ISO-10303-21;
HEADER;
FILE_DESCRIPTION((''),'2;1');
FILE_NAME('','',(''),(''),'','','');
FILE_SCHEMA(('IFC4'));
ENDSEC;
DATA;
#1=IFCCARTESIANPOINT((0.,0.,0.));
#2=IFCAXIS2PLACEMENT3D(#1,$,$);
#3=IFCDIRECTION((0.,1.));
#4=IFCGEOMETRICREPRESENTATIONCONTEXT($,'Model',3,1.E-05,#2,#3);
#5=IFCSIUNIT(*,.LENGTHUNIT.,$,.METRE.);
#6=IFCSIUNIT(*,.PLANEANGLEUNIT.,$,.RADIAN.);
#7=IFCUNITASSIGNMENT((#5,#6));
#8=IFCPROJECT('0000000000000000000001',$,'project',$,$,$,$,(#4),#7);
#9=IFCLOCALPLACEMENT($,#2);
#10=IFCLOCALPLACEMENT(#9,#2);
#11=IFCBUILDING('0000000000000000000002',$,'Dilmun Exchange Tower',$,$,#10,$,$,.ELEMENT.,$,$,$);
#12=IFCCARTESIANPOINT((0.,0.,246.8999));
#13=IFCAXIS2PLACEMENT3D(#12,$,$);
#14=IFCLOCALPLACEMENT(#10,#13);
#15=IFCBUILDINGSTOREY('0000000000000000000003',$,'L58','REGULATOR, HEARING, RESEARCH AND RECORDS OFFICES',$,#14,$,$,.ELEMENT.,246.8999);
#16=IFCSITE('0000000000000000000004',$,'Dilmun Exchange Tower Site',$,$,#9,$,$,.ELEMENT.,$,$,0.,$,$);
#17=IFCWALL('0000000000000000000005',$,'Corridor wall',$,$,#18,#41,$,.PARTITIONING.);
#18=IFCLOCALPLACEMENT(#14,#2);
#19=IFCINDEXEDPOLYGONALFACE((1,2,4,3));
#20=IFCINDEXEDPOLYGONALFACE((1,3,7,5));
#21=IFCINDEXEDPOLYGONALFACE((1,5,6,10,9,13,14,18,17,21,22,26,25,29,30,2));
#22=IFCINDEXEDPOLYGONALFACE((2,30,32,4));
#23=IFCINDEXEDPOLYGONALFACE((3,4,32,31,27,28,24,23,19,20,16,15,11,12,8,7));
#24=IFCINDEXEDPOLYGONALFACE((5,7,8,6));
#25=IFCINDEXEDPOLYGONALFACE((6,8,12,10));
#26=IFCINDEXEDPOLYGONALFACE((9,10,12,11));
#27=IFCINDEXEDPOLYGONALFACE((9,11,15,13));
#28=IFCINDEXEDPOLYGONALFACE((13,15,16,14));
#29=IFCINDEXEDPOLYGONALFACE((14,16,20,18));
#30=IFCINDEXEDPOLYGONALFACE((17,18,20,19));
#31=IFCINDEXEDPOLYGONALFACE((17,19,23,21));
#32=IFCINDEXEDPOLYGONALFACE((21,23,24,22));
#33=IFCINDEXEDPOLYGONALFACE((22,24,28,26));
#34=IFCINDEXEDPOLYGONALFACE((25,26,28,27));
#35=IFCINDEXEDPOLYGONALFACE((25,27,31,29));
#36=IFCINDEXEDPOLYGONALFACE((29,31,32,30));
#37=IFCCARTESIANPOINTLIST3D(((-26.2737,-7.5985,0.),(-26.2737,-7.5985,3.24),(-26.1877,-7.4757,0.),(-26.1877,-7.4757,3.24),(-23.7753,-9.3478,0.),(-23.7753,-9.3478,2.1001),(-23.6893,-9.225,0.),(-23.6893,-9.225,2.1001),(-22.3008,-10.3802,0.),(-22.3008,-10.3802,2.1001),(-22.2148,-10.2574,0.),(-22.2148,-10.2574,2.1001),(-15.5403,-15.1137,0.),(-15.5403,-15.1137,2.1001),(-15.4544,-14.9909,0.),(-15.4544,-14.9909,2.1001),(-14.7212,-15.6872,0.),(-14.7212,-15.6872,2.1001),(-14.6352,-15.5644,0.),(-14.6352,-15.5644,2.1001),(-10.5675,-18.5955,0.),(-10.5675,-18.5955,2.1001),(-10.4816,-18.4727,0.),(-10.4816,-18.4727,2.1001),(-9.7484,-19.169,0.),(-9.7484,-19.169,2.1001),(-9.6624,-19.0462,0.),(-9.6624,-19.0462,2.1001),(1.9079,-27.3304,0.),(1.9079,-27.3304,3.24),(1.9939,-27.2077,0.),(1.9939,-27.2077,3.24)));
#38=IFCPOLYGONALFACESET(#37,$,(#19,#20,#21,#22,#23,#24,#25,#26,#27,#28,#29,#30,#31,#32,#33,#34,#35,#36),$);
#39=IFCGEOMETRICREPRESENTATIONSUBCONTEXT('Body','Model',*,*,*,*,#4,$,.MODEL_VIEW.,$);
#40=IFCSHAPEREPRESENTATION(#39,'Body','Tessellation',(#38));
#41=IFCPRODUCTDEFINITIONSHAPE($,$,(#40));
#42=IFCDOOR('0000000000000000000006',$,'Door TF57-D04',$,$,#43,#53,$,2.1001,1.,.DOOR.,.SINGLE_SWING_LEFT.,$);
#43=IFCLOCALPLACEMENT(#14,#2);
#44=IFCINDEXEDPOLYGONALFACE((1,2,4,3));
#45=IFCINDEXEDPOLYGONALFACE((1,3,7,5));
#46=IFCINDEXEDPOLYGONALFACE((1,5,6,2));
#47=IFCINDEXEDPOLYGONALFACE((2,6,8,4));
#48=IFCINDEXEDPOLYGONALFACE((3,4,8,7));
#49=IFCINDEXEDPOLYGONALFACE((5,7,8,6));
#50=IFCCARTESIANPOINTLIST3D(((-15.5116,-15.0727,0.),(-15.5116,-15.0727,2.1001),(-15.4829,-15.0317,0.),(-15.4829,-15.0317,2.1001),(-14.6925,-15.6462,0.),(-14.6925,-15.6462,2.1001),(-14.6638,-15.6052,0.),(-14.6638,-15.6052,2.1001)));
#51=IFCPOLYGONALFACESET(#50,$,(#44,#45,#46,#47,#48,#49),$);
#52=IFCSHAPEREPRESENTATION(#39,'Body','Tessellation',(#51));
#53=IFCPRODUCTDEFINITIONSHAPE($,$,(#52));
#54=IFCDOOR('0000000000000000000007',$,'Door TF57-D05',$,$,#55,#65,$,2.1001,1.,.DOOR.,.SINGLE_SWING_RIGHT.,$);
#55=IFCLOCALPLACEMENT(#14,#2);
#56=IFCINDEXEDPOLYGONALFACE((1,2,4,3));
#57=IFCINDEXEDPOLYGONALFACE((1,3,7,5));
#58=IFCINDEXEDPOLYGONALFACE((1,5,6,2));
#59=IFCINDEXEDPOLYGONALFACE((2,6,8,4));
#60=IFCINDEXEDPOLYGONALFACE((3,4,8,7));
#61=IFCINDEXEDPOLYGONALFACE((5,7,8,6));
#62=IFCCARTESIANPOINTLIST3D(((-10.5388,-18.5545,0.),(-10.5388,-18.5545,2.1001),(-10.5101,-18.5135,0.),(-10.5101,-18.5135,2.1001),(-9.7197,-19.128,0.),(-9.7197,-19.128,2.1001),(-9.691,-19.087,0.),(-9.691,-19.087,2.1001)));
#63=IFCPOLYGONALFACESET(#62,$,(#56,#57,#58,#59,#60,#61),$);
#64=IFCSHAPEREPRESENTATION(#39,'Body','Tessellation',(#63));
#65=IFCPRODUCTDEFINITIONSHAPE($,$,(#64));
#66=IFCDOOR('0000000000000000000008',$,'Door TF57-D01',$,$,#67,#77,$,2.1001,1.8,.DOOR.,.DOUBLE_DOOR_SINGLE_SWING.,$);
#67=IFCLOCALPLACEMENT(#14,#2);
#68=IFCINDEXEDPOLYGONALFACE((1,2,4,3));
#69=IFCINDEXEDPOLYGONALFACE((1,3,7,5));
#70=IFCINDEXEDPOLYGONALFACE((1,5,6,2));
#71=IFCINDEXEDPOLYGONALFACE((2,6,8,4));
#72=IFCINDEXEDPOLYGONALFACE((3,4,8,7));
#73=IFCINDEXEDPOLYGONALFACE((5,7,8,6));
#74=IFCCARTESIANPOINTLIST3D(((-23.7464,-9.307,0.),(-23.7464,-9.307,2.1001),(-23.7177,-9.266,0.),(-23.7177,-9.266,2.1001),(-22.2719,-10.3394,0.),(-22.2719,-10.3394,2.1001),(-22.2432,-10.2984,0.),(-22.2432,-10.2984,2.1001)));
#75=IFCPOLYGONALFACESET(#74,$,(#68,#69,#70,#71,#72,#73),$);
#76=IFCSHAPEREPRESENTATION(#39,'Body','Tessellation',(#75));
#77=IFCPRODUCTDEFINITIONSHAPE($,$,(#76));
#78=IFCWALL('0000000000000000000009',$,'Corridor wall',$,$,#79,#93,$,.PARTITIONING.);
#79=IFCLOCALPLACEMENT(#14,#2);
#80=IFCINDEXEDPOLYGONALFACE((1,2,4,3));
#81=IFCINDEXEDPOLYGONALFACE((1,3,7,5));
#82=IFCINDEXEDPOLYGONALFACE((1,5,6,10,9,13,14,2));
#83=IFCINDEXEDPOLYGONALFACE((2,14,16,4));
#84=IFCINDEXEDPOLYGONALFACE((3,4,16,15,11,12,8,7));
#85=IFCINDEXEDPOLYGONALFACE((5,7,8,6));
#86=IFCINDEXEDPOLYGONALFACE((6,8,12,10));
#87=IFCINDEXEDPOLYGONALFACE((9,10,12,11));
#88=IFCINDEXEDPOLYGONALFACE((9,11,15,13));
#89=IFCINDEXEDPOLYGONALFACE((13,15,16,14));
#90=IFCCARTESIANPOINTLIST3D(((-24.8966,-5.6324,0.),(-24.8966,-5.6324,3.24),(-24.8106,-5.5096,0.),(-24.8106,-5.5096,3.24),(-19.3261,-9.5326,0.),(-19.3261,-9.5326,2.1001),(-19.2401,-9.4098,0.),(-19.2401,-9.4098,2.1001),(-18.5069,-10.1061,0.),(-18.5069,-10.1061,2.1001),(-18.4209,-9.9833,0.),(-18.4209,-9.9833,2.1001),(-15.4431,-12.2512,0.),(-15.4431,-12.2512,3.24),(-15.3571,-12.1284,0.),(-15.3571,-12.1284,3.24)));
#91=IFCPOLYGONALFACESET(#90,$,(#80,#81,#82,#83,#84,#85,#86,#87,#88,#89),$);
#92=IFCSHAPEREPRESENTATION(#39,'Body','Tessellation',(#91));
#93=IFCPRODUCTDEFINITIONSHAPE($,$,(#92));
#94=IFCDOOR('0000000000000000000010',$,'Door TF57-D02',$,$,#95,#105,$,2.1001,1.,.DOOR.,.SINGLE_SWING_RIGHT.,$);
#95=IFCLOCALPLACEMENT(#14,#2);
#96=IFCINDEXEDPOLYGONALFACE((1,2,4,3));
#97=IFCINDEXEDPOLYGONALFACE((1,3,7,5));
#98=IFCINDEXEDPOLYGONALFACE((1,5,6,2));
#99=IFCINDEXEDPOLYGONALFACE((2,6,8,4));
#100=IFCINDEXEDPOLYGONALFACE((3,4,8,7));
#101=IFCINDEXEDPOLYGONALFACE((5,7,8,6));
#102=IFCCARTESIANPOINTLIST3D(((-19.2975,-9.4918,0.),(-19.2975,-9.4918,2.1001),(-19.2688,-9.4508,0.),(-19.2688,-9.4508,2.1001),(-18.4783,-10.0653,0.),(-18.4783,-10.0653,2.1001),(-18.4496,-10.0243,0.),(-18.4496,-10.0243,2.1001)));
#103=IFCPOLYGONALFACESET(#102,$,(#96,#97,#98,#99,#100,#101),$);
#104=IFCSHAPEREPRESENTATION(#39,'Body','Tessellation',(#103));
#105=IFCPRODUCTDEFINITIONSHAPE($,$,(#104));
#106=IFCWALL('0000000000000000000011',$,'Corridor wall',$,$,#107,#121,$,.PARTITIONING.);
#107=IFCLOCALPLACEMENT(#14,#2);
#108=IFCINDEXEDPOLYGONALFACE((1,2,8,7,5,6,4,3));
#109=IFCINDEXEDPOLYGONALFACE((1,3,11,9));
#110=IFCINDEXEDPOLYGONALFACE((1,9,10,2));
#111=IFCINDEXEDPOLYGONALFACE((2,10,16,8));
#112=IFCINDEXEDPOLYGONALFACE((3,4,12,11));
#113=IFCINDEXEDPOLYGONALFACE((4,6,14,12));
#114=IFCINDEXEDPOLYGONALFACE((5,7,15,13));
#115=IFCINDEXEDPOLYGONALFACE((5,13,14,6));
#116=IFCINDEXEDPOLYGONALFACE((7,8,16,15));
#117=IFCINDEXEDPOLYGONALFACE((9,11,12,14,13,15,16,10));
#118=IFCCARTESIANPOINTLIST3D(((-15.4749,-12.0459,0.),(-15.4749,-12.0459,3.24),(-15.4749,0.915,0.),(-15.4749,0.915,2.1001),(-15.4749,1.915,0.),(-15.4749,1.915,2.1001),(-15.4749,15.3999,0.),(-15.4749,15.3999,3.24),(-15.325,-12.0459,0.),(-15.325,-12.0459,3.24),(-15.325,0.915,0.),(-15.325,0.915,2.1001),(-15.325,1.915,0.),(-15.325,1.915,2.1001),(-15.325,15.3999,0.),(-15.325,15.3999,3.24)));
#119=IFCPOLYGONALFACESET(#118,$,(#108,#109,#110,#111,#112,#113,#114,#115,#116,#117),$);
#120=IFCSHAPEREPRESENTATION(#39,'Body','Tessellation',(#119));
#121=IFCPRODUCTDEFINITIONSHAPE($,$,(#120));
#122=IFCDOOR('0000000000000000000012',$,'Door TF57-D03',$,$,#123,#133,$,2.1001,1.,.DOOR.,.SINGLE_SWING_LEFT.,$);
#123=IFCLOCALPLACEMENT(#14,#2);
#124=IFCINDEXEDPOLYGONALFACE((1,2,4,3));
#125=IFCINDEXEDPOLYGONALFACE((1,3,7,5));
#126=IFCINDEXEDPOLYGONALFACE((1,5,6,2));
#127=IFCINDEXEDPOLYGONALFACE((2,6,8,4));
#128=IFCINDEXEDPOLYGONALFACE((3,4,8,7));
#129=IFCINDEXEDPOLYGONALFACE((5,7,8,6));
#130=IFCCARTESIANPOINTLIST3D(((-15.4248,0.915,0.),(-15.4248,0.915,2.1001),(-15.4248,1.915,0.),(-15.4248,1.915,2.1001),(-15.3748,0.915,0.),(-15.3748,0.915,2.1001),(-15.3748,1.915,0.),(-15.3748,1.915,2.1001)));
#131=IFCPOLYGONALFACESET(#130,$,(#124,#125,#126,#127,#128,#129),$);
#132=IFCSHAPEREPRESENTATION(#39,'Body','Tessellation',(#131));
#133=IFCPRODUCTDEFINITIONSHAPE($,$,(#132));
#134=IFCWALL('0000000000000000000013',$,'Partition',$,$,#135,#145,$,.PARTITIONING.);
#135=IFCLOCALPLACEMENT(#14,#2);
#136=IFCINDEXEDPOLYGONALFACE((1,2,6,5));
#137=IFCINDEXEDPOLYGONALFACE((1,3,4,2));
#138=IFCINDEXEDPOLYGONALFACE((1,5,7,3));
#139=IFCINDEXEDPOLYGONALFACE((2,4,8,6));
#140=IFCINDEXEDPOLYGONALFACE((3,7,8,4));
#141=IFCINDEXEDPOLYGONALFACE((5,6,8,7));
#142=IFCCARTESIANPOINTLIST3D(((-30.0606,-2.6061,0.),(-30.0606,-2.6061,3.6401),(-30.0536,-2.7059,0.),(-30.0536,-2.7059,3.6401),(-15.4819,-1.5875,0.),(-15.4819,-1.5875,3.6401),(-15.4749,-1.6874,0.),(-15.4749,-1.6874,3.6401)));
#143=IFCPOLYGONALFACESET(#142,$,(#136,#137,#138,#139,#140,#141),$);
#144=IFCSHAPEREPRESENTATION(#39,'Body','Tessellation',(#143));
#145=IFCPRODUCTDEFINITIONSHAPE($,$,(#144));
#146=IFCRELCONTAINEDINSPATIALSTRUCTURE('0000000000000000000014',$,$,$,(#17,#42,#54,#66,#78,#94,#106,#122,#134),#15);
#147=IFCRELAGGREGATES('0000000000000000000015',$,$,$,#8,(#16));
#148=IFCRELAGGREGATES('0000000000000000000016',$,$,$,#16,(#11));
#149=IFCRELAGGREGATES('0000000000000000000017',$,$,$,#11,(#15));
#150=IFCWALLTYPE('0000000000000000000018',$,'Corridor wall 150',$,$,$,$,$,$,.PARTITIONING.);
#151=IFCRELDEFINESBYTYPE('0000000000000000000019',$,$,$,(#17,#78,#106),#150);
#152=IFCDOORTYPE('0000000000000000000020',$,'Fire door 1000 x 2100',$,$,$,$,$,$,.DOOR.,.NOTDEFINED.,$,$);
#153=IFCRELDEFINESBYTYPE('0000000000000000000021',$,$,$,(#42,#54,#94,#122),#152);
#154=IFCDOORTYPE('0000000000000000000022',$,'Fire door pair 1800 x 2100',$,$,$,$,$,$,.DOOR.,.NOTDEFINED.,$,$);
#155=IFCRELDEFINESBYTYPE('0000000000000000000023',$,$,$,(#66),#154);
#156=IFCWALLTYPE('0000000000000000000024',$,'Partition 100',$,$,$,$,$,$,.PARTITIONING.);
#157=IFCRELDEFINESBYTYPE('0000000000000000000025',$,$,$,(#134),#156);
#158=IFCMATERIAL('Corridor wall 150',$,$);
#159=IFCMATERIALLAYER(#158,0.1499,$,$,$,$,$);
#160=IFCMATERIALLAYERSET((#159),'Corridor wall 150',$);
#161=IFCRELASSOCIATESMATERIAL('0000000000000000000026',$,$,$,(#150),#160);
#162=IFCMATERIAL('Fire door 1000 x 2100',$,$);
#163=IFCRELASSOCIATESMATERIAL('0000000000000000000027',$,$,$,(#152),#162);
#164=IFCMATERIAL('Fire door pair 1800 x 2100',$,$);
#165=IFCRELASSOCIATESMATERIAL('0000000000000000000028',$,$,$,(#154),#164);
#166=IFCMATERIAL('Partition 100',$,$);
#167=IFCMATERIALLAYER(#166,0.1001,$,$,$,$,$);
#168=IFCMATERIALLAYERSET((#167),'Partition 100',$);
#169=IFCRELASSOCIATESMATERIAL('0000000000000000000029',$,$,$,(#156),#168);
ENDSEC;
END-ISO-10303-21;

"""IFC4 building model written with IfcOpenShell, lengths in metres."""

from ifc_helpers import new_model, si_unit, direction, frame, frame_2d, origin, place, context, subcontext, project, spatial, rectangle, extrude, material, layer, layer_set, type_object, element, fill, save


model = new_model("IFC4")

# Units and contexts
model_context = context("Model", 3, precision=1e-05, world=origin(), true_north=direction((0.0, 1.0)))
body_context = subcontext(model_context, "Body", "Model", "MODEL_VIEW")
ifc_project = project(units=[si_unit("LENGTHUNIT", "METRE"), si_unit("PLANEANGLEUNIT", "RADIAN")], contexts=[model_context])

# Site, building, storey
site_placement = place(None, origin())
site = spatial("IfcSite", under=ifc_project, at=site_placement, Name="Dilmun Exchange Tower Site", CompositionType="ELEMENT", RefElevation=0.0)
building_placement = place(site_placement, origin())
building = spatial("IfcBuilding", under=site, at=building_placement, Name="Dilmun Exchange Tower", CompositionType="ELEMENT")
storey_placement = place(building_placement, frame((0.0, 0.0, 246.8999)))
storey = spatial("IfcBuildingStorey", under=building, at=storey_placement, Name="L58", Description="REGULATOR, HEARING, RESEARCH AND RECORDS OFFICES", CompositionType="ELEMENT", Elevation=246.8999)

# Shared definitions
ifc_material_1 = material(Name="Corridor wall 150")
ifc_layer_1 = layer(ifc_material_1, 0.1499)
ifc_layer_set_1 = layer_set([ifc_layer_1], Name="Corridor wall 150")
wall_type_1 = type_object("IfcWallType", Name="Corridor wall 150", PredefinedType="PARTITIONING", material=ifc_layer_set_1)

# Wall, openings, doors
wall_1_placement = place(storey_placement, frame((-26.2307, -7.5371, 0.0), z_axis=(0.0, 0.0, 1.0), x_axis=(0.819167, -0.573556, 0.0)))
wall_1 = element("IfcWall", 1, at=wall_1_placement, inside=storey, type_object=wall_type_1, Name="Corridor wall", PredefinedType="PARTITIONING", context=body_context, shape_type="SweptSolid", body=[
    extrude(rectangle(XDim=34.4028, YDim=0.1499, at=frame_2d((17.2014, 0.0))), origin(), (0.0, 0.0, 1.0), 3.24),
])
opening_1_placement = place(wall_1_placement, frame((3.05, 0.0, 0.0)))
opening_1 = element("IfcOpeningElement", 2, at=opening_1_placement, cuts=wall_1, PredefinedType="OPENING", context=body_context, shape_type="SweptSolid", body=[
    extrude(rectangle(XDim=1.8, YDim=2.1001, at=frame_2d((0.8999, 1.05))), frame((0.0, 0.085, 0.0), z_axis=(0.0, -1.0, 0.0), x_axis=(1.0, 0.0, 0.0)), (0.0, 0.0, 1.0), 0.1699),
])
opening_2_placement = place(wall_1_placement, frame((13.1028, 0.0, 0.0)))
opening_2 = element("IfcOpeningElement", 3, at=opening_2_placement, cuts=wall_1, PredefinedType="OPENING", context=body_context, shape_type="SweptSolid", body=[
    extrude(rectangle(XDim=1.0, YDim=2.1001, at=frame_2d((0.5, 1.05))), frame((0.0, 0.085, 0.0), z_axis=(0.0, -1.0, 0.0), x_axis=(1.0, 0.0, 0.0)), (0.0, 0.0, 1.0), 0.1699),
])
opening_3_placement = place(wall_1_placement, frame((19.1733, 0.0, 0.0)))
opening_3 = element("IfcOpeningElement", 4, at=opening_3_placement, cuts=wall_1, PredefinedType="OPENING", context=body_context, shape_type="SweptSolid", body=[
    extrude(rectangle(XDim=1.0, YDim=2.1001, at=frame_2d((0.5, 1.05))), frame((0.0, 0.085, 0.0), z_axis=(0.0, -1.0, 0.0), x_axis=(1.0, 0.0, 0.0)), (0.0, 0.0, 1.0), 0.1699),
])
ifc_material_2 = material(Name="Fire door 1000 x 2100")
door_type_1 = type_object("IfcDoorType", Name="Fire door 1000 x 2100", OperationType="NOTDEFINED", PredefinedType="DOOR", material=ifc_material_2)
door_1_placement = place(opening_2_placement, frame((1.0, 0.0, 0.0), z_axis=(0.0, 0.0, 1.0), x_axis=(-1.0, 0.0, 0.0)))
door_1 = element("IfcDoor", 5, at=door_1_placement, inside=storey, type_object=door_type_1, Name="Door TF57-D04", OperationType="SINGLE_SWING_LEFT", OverallHeight=2.1001, OverallWidth=1.0, PredefinedType="DOOR", context=body_context, shape_type="SweptSolid", body=[
    extrude(rectangle(XDim=1.0, YDim=2.1001, at=frame_2d((0.5, 1.05))), frame((0.0, 0.0249, 0.0), z_axis=(0.0, -1.0, 0.0), x_axis=(1.0, 0.0, 0.0)), (0.0, 0.0, 1.0), 0.05),
])
fill(opening_2, door_1)
door_2_placement = place(opening_3_placement, frame((1.0, 0.0, 0.0), z_axis=(0.0, 0.0, 1.0), x_axis=(-1.0, 0.0, 0.0)))
door_2 = element("IfcDoor", 6, at=door_2_placement, inside=storey, type_object=door_type_1, Name="Door TF57-D05", OperationType="SINGLE_SWING_RIGHT", OverallHeight=2.1001, OverallWidth=1.0, PredefinedType="DOOR", context=body_context, shape_type="SweptSolid", body=[
    extrude(rectangle(XDim=1.0, YDim=2.1001, at=frame_2d((0.5, 1.05))), frame((0.0, 0.0249, 0.0), z_axis=(0.0, -1.0, 0.0), x_axis=(1.0, 0.0, 0.0)), (0.0, 0.0, 1.0), 0.05),
])
fill(opening_3, door_2)
ifc_material_3 = material(Name="Fire door pair 1800 x 2100")
door_type_2 = type_object("IfcDoorType", Name="Fire door pair 1800 x 2100", OperationType="NOTDEFINED", PredefinedType="DOOR", material=ifc_material_3)
door_3_placement = place(opening_1_placement, frame((1.8, 0.0, 0.0), z_axis=(0.0, 0.0, 1.0), x_axis=(-1.0, 0.0, 0.0)))
door_3 = element("IfcDoor", 7, at=door_3_placement, inside=storey, type_object=door_type_2, Name="Door TF57-D01", OperationType="DOUBLE_DOOR_SINGLE_SWING", OverallHeight=2.1001, OverallWidth=1.8, PredefinedType="DOOR", context=body_context, shape_type="SweptSolid", body=[
    extrude(rectangle(XDim=1.8, YDim=2.1001, at=frame_2d((0.8999, 1.05))), frame((0.0, 0.0249, 0.0), z_axis=(0.0, -1.0, 0.0), x_axis=(1.0, 0.0, 0.0)), (0.0, 0.0, 1.0), 0.05),
])
fill(opening_1, door_3)

# Walls, openings, doors
wall_2_placement = place(storey_placement, frame((-24.8535, -5.571, 0.0), z_axis=(0.0, 0.0, 1.0), x_axis=(0.819176, -0.573542, 0.0)))
wall_2 = element("IfcWall", 8, at=wall_2_placement, inside=storey, type_object=wall_type_1, Name="Corridor wall", PredefinedType="PARTITIONING", context=body_context, shape_type="SweptSolid", body=[
    extrude(rectangle(XDim=11.5403, YDim=0.1499, at=frame_2d((5.77, 0.0))), origin(), (0.0, 0.0, 1.0), 3.24),
])
opening_4_placement = place(wall_2_placement, frame((6.8, 0.0, 0.0)))
opening_4 = element("IfcOpeningElement", 9, at=opening_4_placement, cuts=wall_2, PredefinedType="OPENING", context=body_context, shape_type="SweptSolid", body=[
    extrude(rectangle(XDim=1.0, YDim=2.1001, at=frame_2d((0.5, 1.05))), frame((0.0, 0.085, 0.0), z_axis=(0.0, -1.0, 0.0), x_axis=(1.0, 0.0, 0.0)), (0.0, 0.0, 1.0), 0.1699),
])
door_4_placement = place(opening_4_placement, origin())
door_4 = element("IfcDoor", 10, at=door_4_placement, inside=storey, type_object=door_type_1, Name="Door TF57-D02", OperationType="SINGLE_SWING_RIGHT", OverallHeight=2.1001, OverallWidth=1.0, PredefinedType="DOOR", context=body_context, shape_type="SweptSolid", body=[
    extrude(rectangle(XDim=1.0, YDim=2.1001, at=frame_2d((0.5, 1.05))), frame((0.0, 0.0249, 0.0), z_axis=(0.0, -1.0, 0.0), x_axis=(1.0, 0.0, 0.0)), (0.0, 0.0, 1.0), 0.05),
])
fill(opening_4, door_4)
wall_3_placement = place(storey_placement, frame((-15.3999, -12.0459, 0.0), z_axis=(0.0, 0.0, 1.0), x_axis=(0.0, 1.0, 0.0)))
wall_3 = element("IfcWall", 11, at=wall_3_placement, inside=storey, type_object=wall_type_1, Name="Corridor wall", PredefinedType="PARTITIONING", context=body_context, shape_type="SweptSolid", body=[
    extrude(rectangle(XDim=27.4458, YDim=0.1499, at=frame_2d((13.7229, 0.0))), origin(), (0.0, 0.0, 1.0), 3.24),
])
opening_5_placement = place(wall_3_placement, frame((12.9609, 0.0, 0.0)))
opening_5 = element("IfcOpeningElement", 12, at=opening_5_placement, cuts=wall_3, PredefinedType="OPENING", context=body_context, shape_type="SweptSolid", body=[
    extrude(rectangle(XDim=1.0, YDim=2.1001, at=frame_2d((0.5, 1.05))), frame((0.0, 0.085, 0.0), z_axis=(0.0, -1.0, 0.0), x_axis=(1.0, 0.0, 0.0)), (0.0, 0.0, 1.0), 0.1699),
])
door_5_placement = place(opening_5_placement, origin())
door_5 = element("IfcDoor", 13, at=door_5_placement, inside=storey, type_object=door_type_1, Name="Door TF57-D03", OperationType="SINGLE_SWING_LEFT", OverallHeight=2.1001, OverallWidth=1.0, PredefinedType="DOOR", context=body_context, shape_type="SweptSolid", body=[
    extrude(rectangle(XDim=1.0, YDim=2.1001, at=frame_2d((0.5, 1.05))), frame((0.0, 0.0249, 0.0), z_axis=(0.0, -1.0, 0.0), x_axis=(1.0, 0.0, 0.0)), (0.0, 0.0, 1.0), 0.05),
])
fill(opening_5, door_5)

# Wall
ifc_material_4 = material(Name="Partition 100")
ifc_layer_2 = layer(ifc_material_4, 0.1001)
ifc_layer_set_2 = layer_set([ifc_layer_2], Name="Partition 100")
wall_type_2 = type_object("IfcWallType", Name="Partition 100", PredefinedType="PARTITIONING", material=ifc_layer_set_2)
wall_4_placement = place(storey_placement, frame((-30.0571, -2.656, 0.0), z_axis=(0.0, 0.0, 1.0), x_axis=(0.997568, 0.069696, 0.0)))
element("IfcWall", 14, at=wall_4_placement, inside=storey, type_object=wall_type_2, Name="Partition", PredefinedType="PARTITIONING", context=body_context, shape_type="SweptSolid", body=[
    extrude(rectangle(XDim=14.6143, YDim=0.1001, at=frame_2d((7.3071, 0.0))), origin(), (0.0, 0.0, 1.0), 3.6401),
])

save(model, "model.ifc")
